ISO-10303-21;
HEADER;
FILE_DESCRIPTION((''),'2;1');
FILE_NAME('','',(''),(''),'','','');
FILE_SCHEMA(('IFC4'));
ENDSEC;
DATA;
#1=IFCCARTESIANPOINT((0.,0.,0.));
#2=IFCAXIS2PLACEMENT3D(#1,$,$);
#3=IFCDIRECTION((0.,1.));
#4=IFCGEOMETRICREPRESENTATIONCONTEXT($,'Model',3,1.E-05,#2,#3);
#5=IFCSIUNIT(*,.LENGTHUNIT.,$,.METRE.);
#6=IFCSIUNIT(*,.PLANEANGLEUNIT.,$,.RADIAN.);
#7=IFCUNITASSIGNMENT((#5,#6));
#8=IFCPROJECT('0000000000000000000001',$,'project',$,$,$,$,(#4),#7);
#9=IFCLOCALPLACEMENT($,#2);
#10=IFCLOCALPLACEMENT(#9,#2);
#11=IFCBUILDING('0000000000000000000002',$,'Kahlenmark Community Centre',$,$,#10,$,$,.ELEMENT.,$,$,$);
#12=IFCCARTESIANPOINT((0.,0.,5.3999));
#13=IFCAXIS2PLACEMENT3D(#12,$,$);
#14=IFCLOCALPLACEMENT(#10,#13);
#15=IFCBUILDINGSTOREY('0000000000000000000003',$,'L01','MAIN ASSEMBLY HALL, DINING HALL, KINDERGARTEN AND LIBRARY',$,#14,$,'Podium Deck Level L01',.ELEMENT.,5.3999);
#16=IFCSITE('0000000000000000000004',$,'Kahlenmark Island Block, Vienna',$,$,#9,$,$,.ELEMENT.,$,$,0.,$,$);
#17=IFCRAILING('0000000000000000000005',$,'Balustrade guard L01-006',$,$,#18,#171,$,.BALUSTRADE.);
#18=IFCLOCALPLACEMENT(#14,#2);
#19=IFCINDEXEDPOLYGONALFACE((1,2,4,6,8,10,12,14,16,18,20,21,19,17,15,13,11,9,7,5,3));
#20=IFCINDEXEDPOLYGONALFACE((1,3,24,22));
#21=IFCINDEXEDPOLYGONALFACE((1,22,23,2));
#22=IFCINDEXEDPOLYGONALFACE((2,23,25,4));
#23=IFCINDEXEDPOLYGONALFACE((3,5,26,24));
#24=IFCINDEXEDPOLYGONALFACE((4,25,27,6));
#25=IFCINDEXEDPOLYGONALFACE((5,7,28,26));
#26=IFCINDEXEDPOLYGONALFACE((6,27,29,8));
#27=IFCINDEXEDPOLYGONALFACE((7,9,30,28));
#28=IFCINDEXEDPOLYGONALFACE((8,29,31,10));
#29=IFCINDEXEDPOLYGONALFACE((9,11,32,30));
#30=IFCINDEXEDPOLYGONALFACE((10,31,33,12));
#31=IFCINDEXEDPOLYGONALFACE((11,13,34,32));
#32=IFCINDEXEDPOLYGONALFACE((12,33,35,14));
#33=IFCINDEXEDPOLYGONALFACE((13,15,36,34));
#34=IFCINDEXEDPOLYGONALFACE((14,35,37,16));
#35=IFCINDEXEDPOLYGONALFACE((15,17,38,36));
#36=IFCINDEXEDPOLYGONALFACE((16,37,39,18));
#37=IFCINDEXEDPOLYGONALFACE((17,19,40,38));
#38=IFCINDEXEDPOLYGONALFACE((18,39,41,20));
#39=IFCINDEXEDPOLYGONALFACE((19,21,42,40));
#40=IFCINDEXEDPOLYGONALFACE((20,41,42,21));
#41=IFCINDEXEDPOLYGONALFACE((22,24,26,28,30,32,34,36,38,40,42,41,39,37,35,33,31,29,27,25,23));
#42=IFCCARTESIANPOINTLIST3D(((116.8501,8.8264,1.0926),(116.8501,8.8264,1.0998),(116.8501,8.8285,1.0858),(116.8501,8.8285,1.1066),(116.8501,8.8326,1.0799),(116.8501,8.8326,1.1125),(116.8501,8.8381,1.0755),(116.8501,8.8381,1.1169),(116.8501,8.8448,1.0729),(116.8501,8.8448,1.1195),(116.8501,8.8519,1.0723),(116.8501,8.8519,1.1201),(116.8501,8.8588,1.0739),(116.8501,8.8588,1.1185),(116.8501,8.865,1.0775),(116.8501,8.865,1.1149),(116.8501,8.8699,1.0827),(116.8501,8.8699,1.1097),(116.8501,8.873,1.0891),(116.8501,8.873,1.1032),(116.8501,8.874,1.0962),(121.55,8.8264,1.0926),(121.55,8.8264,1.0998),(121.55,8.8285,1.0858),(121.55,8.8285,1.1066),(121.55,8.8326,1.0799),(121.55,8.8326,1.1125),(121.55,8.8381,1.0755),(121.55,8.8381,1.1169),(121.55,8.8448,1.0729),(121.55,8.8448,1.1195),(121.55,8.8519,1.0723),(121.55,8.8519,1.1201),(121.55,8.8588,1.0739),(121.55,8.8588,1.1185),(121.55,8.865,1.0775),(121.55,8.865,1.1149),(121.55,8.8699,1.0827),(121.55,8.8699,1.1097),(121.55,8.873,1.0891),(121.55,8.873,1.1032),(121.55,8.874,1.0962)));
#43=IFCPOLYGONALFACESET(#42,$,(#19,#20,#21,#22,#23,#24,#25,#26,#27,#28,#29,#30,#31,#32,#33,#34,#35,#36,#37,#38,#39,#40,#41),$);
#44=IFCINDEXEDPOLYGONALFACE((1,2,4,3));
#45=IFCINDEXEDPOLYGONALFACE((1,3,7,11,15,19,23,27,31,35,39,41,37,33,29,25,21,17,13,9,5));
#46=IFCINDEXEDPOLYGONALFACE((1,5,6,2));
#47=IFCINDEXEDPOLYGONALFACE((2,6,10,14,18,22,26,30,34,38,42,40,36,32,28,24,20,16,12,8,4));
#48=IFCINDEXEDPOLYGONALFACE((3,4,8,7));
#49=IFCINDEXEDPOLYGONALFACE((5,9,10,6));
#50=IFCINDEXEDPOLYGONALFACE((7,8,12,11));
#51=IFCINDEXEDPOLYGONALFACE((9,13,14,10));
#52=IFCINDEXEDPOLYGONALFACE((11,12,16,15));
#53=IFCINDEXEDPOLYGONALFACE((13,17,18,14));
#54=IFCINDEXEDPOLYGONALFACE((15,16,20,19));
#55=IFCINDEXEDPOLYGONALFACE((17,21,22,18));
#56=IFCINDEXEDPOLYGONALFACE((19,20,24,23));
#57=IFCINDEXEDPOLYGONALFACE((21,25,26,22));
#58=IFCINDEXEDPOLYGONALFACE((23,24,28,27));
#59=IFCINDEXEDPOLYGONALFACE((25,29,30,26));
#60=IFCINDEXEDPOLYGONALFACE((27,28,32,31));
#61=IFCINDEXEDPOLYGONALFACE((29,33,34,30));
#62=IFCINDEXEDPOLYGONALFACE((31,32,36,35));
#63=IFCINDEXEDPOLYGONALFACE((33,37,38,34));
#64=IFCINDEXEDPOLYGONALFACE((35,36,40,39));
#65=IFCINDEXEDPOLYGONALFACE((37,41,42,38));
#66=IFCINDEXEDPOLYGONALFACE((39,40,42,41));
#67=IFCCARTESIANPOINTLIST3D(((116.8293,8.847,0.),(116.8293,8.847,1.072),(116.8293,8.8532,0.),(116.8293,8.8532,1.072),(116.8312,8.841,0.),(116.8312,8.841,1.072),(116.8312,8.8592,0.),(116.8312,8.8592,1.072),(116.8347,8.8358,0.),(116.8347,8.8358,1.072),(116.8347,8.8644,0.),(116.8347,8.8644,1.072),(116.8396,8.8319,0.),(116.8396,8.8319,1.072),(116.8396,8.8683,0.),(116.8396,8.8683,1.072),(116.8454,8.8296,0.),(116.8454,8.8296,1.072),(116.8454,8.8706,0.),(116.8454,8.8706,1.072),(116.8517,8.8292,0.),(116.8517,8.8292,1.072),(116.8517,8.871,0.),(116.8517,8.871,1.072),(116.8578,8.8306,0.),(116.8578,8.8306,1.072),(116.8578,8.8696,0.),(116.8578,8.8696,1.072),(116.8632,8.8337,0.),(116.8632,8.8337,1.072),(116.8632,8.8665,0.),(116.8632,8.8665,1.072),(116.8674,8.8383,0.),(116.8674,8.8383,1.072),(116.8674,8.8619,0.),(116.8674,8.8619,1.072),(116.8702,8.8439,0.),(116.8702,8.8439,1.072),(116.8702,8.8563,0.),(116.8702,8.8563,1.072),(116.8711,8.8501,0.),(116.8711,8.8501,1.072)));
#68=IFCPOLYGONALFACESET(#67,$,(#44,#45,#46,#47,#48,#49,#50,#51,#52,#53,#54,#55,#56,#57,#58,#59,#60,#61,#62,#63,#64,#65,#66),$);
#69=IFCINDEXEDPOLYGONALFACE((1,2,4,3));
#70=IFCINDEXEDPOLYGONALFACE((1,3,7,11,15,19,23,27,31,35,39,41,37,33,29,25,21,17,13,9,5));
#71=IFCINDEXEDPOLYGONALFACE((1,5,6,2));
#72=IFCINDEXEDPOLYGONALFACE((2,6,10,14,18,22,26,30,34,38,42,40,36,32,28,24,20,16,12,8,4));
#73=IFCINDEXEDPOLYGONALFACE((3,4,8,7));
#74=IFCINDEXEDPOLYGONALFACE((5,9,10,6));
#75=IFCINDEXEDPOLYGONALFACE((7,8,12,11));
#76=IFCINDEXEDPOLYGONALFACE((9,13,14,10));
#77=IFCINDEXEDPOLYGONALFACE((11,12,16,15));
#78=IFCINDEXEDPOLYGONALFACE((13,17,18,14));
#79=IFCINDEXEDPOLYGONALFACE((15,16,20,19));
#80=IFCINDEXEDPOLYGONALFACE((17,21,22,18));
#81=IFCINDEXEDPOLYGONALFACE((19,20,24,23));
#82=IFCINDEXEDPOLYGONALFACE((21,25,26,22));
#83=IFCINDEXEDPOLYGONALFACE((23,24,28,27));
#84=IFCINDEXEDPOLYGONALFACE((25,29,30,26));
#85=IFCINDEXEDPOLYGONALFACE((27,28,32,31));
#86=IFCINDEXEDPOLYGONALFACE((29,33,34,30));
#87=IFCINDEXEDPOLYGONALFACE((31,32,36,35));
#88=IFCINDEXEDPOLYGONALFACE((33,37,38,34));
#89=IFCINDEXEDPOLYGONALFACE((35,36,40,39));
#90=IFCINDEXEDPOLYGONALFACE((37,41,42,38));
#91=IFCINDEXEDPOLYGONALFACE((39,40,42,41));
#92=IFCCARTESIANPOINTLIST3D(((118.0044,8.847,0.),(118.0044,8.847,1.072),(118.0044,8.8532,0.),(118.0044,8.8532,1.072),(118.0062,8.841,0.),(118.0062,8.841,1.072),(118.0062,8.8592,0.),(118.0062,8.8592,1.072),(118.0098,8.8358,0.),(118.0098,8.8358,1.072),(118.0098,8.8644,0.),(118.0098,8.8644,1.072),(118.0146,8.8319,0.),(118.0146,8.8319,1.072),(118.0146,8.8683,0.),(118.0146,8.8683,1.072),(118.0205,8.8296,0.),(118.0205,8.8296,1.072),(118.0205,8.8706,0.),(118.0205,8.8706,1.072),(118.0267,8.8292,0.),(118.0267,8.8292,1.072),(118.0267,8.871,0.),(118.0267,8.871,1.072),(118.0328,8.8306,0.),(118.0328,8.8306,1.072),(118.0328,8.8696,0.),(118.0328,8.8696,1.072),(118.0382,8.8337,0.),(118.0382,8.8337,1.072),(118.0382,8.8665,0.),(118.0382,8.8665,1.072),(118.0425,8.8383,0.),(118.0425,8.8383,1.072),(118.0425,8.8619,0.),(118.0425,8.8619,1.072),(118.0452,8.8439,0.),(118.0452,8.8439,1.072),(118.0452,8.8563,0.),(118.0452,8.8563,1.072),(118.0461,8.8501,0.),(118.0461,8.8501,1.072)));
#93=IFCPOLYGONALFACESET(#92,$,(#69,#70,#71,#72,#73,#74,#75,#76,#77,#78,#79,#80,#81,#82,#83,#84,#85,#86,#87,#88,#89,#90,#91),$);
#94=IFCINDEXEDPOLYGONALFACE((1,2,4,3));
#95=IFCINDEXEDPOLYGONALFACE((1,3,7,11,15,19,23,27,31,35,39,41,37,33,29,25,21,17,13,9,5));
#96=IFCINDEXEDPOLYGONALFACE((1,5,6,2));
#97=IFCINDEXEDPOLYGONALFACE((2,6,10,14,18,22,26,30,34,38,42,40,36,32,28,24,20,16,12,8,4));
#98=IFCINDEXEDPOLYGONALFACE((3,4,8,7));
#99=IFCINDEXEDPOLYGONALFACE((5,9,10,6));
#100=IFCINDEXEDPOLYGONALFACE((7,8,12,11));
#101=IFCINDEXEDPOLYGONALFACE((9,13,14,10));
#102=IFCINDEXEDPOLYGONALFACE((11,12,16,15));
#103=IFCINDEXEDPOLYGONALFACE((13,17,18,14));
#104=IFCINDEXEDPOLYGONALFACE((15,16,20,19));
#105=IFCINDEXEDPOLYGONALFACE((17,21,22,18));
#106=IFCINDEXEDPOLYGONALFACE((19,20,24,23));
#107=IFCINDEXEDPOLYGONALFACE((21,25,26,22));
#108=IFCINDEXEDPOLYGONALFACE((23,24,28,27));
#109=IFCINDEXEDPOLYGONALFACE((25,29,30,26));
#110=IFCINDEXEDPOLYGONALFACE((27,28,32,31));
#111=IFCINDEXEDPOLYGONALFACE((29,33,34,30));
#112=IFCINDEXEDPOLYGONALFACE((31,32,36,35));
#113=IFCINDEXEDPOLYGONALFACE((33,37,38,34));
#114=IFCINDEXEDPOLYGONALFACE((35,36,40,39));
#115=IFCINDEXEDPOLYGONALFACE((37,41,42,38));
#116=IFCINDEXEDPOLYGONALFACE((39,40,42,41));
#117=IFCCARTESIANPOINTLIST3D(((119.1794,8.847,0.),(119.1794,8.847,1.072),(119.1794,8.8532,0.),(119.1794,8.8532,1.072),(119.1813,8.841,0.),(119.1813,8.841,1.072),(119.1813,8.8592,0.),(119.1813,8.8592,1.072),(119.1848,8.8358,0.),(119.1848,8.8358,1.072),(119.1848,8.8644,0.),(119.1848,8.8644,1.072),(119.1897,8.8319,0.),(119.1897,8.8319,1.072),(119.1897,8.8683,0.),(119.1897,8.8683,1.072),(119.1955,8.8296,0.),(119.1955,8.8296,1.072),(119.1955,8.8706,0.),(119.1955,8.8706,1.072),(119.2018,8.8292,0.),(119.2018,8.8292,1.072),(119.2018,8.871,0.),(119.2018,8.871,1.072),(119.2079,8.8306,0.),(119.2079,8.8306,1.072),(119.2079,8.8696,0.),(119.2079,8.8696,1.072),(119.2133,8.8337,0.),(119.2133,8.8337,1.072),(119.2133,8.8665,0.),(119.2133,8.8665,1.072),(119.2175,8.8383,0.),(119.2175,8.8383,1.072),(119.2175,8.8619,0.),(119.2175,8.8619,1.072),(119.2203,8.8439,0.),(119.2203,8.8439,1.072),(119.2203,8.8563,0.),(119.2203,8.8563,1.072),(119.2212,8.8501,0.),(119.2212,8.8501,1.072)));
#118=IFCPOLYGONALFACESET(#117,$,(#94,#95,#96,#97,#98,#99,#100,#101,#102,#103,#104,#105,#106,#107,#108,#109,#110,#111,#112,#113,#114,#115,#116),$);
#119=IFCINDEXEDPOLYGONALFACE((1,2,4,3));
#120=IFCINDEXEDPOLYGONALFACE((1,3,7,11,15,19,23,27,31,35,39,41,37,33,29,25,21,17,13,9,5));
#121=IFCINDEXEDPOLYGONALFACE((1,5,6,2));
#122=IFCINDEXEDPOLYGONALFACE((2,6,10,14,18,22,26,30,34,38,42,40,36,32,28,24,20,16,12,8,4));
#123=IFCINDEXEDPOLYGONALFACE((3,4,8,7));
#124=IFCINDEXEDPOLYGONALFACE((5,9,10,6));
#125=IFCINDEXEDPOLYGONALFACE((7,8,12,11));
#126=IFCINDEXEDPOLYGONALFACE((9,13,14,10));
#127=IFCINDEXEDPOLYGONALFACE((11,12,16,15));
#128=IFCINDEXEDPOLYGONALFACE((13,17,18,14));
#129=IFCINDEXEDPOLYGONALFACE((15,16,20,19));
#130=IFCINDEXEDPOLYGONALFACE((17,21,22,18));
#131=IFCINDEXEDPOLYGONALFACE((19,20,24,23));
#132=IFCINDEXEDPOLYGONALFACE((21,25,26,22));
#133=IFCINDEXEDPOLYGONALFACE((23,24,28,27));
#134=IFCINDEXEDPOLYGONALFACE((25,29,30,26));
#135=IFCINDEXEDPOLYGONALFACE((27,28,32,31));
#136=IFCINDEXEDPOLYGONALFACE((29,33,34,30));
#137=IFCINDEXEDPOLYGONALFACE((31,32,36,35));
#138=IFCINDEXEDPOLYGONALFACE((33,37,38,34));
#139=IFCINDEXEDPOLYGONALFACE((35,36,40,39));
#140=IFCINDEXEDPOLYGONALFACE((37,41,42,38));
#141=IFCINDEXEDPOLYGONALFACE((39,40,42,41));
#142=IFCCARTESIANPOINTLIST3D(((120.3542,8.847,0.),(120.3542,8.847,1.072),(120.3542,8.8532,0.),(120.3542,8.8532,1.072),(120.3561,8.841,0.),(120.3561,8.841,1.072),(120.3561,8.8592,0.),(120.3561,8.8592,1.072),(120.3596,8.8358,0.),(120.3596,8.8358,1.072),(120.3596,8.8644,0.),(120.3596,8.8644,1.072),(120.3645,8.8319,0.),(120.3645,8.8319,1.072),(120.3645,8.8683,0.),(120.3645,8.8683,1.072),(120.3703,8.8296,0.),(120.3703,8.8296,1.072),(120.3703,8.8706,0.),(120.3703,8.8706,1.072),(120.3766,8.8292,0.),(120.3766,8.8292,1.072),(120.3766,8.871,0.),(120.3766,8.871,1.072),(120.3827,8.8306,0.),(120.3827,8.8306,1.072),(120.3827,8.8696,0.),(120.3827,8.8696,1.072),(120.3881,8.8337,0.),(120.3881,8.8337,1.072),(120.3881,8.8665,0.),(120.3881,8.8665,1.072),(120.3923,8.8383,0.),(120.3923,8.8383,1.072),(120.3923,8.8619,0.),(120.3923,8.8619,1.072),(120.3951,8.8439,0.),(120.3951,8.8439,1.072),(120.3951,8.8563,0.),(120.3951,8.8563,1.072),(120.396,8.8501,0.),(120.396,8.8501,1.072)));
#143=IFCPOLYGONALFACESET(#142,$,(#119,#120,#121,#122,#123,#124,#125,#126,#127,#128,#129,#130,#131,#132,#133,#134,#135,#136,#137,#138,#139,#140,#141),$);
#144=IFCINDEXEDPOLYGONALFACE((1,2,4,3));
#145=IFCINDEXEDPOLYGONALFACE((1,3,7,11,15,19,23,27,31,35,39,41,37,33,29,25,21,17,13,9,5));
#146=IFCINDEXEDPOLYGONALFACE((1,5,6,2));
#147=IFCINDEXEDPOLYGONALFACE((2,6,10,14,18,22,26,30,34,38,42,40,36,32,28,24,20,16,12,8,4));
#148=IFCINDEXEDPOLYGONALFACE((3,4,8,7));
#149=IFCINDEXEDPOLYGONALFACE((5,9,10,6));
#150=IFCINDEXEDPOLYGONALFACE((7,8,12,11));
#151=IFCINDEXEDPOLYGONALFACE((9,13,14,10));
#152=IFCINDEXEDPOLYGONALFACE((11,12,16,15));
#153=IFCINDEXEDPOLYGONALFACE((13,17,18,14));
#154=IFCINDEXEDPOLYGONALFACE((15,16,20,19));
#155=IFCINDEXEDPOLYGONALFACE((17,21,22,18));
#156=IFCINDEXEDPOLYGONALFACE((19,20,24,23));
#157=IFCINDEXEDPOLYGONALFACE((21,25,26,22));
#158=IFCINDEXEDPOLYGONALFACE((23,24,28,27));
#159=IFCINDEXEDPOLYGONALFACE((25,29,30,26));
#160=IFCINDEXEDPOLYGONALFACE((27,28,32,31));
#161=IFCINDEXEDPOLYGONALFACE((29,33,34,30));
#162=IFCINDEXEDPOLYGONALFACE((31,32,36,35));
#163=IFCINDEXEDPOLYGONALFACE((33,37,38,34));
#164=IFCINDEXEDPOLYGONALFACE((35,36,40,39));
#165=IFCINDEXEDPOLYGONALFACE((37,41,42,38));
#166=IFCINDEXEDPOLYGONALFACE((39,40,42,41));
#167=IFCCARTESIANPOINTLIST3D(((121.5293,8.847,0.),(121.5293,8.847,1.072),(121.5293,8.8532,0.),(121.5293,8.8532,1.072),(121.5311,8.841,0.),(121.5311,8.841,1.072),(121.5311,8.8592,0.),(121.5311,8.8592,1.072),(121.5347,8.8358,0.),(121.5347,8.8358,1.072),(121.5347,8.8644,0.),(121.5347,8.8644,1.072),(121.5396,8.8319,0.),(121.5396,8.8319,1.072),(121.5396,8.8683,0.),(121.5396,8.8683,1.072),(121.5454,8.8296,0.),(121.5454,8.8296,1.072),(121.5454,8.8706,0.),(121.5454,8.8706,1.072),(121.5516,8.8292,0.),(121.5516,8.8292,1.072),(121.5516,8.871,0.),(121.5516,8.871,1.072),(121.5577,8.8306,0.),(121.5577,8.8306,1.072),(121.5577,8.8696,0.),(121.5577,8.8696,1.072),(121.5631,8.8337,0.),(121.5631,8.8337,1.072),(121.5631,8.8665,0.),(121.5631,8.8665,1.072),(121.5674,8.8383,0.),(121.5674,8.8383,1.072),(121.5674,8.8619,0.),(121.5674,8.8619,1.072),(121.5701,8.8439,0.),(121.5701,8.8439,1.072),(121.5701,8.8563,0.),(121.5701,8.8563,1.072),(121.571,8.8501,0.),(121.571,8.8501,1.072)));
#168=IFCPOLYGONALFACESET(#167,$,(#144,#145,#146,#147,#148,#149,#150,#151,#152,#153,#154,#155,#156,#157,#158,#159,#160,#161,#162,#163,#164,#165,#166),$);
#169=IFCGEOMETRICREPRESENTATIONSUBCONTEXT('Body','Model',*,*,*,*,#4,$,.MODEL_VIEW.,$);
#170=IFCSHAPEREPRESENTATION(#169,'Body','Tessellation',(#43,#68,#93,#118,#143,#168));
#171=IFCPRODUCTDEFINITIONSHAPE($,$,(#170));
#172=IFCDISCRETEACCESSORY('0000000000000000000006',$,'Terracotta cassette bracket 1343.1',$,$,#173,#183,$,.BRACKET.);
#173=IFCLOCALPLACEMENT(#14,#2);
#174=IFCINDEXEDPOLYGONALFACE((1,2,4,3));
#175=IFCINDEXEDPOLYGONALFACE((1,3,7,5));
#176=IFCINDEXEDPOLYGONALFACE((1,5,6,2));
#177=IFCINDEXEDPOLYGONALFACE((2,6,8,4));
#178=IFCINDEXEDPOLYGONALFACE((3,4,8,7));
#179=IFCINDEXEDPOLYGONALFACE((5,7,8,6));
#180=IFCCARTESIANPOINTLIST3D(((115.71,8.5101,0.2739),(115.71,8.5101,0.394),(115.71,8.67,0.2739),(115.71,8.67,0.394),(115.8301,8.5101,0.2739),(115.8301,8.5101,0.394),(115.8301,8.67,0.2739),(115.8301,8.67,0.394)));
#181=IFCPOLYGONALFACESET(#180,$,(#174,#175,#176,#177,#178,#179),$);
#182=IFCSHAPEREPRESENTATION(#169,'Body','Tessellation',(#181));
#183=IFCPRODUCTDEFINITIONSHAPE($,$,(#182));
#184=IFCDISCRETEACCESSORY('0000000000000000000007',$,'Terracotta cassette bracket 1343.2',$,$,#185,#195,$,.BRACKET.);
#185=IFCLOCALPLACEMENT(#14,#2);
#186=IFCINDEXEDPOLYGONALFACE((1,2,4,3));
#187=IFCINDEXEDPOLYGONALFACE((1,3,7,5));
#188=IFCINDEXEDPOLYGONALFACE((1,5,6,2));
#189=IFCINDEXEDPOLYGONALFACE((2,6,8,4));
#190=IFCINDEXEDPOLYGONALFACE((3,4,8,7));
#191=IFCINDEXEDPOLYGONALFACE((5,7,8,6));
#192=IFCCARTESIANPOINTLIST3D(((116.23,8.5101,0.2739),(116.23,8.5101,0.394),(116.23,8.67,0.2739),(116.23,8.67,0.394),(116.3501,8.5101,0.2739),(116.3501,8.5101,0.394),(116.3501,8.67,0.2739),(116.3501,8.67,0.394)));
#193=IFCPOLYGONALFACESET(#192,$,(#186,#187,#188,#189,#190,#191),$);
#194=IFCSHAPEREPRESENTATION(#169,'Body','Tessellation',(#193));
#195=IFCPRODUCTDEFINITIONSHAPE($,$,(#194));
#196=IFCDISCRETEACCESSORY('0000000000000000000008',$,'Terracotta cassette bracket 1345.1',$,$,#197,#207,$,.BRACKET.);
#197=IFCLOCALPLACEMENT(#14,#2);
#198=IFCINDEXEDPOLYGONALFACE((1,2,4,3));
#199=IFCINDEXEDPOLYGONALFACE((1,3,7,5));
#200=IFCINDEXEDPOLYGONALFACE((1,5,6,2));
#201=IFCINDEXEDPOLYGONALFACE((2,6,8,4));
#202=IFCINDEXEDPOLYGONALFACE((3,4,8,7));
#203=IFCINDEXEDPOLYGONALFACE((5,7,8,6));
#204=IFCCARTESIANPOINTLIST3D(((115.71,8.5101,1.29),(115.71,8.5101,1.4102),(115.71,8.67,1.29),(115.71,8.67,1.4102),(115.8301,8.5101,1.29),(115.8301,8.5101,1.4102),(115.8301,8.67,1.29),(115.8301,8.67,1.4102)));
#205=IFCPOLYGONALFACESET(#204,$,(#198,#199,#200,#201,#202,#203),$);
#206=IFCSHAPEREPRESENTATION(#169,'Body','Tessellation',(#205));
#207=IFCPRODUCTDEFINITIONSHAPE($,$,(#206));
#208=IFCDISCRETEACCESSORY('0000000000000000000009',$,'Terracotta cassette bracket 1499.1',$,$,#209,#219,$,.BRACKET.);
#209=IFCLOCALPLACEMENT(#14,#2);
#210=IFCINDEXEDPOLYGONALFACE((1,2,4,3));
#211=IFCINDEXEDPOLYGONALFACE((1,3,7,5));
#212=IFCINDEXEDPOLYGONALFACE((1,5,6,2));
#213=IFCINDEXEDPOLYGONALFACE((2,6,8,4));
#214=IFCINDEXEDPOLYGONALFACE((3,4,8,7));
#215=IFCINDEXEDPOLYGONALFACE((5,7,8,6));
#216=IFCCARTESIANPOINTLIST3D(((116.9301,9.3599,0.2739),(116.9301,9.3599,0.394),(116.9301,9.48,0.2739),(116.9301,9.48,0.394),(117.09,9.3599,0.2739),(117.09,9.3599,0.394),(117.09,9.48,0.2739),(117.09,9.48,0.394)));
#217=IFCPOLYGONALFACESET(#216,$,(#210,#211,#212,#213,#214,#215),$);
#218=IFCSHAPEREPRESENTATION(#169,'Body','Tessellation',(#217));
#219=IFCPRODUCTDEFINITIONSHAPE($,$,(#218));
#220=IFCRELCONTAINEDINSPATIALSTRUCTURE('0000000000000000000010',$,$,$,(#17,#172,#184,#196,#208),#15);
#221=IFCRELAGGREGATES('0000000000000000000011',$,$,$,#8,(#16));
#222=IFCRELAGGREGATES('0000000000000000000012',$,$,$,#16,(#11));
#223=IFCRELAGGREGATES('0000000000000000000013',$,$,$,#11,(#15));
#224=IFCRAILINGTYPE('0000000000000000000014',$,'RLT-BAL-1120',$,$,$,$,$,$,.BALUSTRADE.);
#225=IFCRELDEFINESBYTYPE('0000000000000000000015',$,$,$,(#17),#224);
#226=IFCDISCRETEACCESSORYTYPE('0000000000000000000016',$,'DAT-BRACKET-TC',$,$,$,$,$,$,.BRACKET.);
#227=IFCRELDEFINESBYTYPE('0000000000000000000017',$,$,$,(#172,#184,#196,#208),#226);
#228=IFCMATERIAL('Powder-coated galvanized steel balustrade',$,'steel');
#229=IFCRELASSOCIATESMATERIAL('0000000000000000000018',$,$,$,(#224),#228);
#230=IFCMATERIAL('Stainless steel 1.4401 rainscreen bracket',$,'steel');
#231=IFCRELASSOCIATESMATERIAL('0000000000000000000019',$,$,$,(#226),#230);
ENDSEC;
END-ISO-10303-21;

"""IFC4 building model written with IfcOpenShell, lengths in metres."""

from ifc_helpers import new_model, si_unit, direction, frame, origin, origin_2d, place, context, subcontext, project, spatial, rectangle, circle, extrude, material, type_object, element, save


model = new_model("IFC4")

# Units and contexts
model_context = context("Model", 3, precision=1e-05, world=origin(), true_north=direction((0.0, 1.0)))
body_context = subcontext(model_context, "Body", "Model", "MODEL_VIEW")
ifc_project = project(units=[si_unit("LENGTHUNIT", "METRE"), si_unit("PLANEANGLEUNIT", "RADIAN")], contexts=[model_context])

# Site, building, storey
site_placement = place(None, origin())
site = spatial("IfcSite", under=ifc_project, at=site_placement, Name="Kahlenmark Island Block, Vienna", CompositionType="ELEMENT", RefElevation=0.0)
building_placement = place(site_placement, origin())
building = spatial("IfcBuilding", under=site, at=building_placement, Name="Kahlenmark Community Centre", CompositionType="ELEMENT")
storey_placement = place(building_placement, frame((0.0, 0.0, 5.3999)))
storey = spatial("IfcBuildingStorey", under=building, at=storey_placement, Name="L01", Description="MAIN ASSEMBLY HALL, DINING HALL, KINDERGARTEN AND LIBRARY", LongName="Podium Deck Level L01", CompositionType="ELEMENT", Elevation=5.3999)

# Railing
ifc_material_1 = material(Name="Powder-coated galvanized steel balustrade", Category="steel")
railing_type = type_object("IfcRailingType", Name="RLT-BAL-1120", PredefinedType="BALUSTRADE", material=ifc_material_1)
railing_placement = place(storey_placement, frame((116.8501, 8.8501, 0.0)))
element("IfcRailing", 1, at=railing_placement, inside=storey, type_object=railing_type, Name="Balustrade guard L01-006", PredefinedType="BALUSTRADE", context=body_context, shape_type="SweptSolid", body=[
    extrude(circle(Radius=0.0239, at=origin_2d()), frame((0.0, 0.0, 1.0962), z_axis=(1.0, 0.0, 0.0), x_axis=(0.0, 1.0, 0.0)), (0.0, 0.0, 1.0), 4.7),
    extrude(circle(Radius=0.021, at=origin_2d()), origin(), (0.0, 0.0, 1.0), 1.072),
    extrude(circle(Radius=0.021, at=origin_2d()), frame((1.175, 0.0, 0.0)), (0.0, 0.0, 1.0), 1.072),
    extrude(circle(Radius=0.021, at=origin_2d()), frame((2.3501, 0.0, 0.0)), (0.0, 0.0, 1.0), 1.072),
    extrude(circle(Radius=0.021, at=origin_2d()), frame((3.5249, 0.0, 0.0)), (0.0, 0.0, 1.0), 1.072),
    extrude(circle(Radius=0.021, at=origin_2d()), frame((4.7, 0.0, 0.0)), (0.0, 0.0, 1.0), 1.072),
])

# Discrete accessories
ifc_material_2 = material(Name="Stainless steel 1.4401 rainscreen bracket", Category="steel")
discrete_accessory_type = type_object("IfcDiscreteAccessoryType", Name="DAT-BRACKET-TC", PredefinedType="BRACKET", material=ifc_material_2)
for number, where, z_axis, x_axis, name in (
    (2, (115.77, 8.5901, 0.2739), (0.0, 0.0, 1.0), (1.0, 0.0, 0.0), "Terracotta cassette bracket 1343.1"),
    (3, (116.29, 8.5901, 0.2739), (0.0, 0.0, 1.0), (1.0, 0.0, 0.0), "Terracotta cassette bracket 1343.2"),
    (4, (115.77, 8.5901, 1.29), (0.0, 0.0, 1.0), (1.0, 0.0, 0.0), "Terracotta cassette bracket 1345.1"),
    (5, (117.01, 9.4199, 0.2739), (0.0, 0.0, 1.0), (0.0, 1.0, 0.0), "Terracotta cassette bracket 1499.1"),
):
    element("IfcDiscreteAccessory", number, at=place(storey_placement, frame(where, z_axis=z_axis, x_axis=x_axis)), inside=storey, type_object=discrete_accessory_type, Name=name, PredefinedType="BRACKET", context=body_context, shape_type="SweptSolid", body=[
        extrude(rectangle(XDim=0.1201, YDim=0.1599, at=origin_2d()), origin(), (0.0, 0.0, 1.0), 0.1201),
    ])

save(model, "model.ifc")
